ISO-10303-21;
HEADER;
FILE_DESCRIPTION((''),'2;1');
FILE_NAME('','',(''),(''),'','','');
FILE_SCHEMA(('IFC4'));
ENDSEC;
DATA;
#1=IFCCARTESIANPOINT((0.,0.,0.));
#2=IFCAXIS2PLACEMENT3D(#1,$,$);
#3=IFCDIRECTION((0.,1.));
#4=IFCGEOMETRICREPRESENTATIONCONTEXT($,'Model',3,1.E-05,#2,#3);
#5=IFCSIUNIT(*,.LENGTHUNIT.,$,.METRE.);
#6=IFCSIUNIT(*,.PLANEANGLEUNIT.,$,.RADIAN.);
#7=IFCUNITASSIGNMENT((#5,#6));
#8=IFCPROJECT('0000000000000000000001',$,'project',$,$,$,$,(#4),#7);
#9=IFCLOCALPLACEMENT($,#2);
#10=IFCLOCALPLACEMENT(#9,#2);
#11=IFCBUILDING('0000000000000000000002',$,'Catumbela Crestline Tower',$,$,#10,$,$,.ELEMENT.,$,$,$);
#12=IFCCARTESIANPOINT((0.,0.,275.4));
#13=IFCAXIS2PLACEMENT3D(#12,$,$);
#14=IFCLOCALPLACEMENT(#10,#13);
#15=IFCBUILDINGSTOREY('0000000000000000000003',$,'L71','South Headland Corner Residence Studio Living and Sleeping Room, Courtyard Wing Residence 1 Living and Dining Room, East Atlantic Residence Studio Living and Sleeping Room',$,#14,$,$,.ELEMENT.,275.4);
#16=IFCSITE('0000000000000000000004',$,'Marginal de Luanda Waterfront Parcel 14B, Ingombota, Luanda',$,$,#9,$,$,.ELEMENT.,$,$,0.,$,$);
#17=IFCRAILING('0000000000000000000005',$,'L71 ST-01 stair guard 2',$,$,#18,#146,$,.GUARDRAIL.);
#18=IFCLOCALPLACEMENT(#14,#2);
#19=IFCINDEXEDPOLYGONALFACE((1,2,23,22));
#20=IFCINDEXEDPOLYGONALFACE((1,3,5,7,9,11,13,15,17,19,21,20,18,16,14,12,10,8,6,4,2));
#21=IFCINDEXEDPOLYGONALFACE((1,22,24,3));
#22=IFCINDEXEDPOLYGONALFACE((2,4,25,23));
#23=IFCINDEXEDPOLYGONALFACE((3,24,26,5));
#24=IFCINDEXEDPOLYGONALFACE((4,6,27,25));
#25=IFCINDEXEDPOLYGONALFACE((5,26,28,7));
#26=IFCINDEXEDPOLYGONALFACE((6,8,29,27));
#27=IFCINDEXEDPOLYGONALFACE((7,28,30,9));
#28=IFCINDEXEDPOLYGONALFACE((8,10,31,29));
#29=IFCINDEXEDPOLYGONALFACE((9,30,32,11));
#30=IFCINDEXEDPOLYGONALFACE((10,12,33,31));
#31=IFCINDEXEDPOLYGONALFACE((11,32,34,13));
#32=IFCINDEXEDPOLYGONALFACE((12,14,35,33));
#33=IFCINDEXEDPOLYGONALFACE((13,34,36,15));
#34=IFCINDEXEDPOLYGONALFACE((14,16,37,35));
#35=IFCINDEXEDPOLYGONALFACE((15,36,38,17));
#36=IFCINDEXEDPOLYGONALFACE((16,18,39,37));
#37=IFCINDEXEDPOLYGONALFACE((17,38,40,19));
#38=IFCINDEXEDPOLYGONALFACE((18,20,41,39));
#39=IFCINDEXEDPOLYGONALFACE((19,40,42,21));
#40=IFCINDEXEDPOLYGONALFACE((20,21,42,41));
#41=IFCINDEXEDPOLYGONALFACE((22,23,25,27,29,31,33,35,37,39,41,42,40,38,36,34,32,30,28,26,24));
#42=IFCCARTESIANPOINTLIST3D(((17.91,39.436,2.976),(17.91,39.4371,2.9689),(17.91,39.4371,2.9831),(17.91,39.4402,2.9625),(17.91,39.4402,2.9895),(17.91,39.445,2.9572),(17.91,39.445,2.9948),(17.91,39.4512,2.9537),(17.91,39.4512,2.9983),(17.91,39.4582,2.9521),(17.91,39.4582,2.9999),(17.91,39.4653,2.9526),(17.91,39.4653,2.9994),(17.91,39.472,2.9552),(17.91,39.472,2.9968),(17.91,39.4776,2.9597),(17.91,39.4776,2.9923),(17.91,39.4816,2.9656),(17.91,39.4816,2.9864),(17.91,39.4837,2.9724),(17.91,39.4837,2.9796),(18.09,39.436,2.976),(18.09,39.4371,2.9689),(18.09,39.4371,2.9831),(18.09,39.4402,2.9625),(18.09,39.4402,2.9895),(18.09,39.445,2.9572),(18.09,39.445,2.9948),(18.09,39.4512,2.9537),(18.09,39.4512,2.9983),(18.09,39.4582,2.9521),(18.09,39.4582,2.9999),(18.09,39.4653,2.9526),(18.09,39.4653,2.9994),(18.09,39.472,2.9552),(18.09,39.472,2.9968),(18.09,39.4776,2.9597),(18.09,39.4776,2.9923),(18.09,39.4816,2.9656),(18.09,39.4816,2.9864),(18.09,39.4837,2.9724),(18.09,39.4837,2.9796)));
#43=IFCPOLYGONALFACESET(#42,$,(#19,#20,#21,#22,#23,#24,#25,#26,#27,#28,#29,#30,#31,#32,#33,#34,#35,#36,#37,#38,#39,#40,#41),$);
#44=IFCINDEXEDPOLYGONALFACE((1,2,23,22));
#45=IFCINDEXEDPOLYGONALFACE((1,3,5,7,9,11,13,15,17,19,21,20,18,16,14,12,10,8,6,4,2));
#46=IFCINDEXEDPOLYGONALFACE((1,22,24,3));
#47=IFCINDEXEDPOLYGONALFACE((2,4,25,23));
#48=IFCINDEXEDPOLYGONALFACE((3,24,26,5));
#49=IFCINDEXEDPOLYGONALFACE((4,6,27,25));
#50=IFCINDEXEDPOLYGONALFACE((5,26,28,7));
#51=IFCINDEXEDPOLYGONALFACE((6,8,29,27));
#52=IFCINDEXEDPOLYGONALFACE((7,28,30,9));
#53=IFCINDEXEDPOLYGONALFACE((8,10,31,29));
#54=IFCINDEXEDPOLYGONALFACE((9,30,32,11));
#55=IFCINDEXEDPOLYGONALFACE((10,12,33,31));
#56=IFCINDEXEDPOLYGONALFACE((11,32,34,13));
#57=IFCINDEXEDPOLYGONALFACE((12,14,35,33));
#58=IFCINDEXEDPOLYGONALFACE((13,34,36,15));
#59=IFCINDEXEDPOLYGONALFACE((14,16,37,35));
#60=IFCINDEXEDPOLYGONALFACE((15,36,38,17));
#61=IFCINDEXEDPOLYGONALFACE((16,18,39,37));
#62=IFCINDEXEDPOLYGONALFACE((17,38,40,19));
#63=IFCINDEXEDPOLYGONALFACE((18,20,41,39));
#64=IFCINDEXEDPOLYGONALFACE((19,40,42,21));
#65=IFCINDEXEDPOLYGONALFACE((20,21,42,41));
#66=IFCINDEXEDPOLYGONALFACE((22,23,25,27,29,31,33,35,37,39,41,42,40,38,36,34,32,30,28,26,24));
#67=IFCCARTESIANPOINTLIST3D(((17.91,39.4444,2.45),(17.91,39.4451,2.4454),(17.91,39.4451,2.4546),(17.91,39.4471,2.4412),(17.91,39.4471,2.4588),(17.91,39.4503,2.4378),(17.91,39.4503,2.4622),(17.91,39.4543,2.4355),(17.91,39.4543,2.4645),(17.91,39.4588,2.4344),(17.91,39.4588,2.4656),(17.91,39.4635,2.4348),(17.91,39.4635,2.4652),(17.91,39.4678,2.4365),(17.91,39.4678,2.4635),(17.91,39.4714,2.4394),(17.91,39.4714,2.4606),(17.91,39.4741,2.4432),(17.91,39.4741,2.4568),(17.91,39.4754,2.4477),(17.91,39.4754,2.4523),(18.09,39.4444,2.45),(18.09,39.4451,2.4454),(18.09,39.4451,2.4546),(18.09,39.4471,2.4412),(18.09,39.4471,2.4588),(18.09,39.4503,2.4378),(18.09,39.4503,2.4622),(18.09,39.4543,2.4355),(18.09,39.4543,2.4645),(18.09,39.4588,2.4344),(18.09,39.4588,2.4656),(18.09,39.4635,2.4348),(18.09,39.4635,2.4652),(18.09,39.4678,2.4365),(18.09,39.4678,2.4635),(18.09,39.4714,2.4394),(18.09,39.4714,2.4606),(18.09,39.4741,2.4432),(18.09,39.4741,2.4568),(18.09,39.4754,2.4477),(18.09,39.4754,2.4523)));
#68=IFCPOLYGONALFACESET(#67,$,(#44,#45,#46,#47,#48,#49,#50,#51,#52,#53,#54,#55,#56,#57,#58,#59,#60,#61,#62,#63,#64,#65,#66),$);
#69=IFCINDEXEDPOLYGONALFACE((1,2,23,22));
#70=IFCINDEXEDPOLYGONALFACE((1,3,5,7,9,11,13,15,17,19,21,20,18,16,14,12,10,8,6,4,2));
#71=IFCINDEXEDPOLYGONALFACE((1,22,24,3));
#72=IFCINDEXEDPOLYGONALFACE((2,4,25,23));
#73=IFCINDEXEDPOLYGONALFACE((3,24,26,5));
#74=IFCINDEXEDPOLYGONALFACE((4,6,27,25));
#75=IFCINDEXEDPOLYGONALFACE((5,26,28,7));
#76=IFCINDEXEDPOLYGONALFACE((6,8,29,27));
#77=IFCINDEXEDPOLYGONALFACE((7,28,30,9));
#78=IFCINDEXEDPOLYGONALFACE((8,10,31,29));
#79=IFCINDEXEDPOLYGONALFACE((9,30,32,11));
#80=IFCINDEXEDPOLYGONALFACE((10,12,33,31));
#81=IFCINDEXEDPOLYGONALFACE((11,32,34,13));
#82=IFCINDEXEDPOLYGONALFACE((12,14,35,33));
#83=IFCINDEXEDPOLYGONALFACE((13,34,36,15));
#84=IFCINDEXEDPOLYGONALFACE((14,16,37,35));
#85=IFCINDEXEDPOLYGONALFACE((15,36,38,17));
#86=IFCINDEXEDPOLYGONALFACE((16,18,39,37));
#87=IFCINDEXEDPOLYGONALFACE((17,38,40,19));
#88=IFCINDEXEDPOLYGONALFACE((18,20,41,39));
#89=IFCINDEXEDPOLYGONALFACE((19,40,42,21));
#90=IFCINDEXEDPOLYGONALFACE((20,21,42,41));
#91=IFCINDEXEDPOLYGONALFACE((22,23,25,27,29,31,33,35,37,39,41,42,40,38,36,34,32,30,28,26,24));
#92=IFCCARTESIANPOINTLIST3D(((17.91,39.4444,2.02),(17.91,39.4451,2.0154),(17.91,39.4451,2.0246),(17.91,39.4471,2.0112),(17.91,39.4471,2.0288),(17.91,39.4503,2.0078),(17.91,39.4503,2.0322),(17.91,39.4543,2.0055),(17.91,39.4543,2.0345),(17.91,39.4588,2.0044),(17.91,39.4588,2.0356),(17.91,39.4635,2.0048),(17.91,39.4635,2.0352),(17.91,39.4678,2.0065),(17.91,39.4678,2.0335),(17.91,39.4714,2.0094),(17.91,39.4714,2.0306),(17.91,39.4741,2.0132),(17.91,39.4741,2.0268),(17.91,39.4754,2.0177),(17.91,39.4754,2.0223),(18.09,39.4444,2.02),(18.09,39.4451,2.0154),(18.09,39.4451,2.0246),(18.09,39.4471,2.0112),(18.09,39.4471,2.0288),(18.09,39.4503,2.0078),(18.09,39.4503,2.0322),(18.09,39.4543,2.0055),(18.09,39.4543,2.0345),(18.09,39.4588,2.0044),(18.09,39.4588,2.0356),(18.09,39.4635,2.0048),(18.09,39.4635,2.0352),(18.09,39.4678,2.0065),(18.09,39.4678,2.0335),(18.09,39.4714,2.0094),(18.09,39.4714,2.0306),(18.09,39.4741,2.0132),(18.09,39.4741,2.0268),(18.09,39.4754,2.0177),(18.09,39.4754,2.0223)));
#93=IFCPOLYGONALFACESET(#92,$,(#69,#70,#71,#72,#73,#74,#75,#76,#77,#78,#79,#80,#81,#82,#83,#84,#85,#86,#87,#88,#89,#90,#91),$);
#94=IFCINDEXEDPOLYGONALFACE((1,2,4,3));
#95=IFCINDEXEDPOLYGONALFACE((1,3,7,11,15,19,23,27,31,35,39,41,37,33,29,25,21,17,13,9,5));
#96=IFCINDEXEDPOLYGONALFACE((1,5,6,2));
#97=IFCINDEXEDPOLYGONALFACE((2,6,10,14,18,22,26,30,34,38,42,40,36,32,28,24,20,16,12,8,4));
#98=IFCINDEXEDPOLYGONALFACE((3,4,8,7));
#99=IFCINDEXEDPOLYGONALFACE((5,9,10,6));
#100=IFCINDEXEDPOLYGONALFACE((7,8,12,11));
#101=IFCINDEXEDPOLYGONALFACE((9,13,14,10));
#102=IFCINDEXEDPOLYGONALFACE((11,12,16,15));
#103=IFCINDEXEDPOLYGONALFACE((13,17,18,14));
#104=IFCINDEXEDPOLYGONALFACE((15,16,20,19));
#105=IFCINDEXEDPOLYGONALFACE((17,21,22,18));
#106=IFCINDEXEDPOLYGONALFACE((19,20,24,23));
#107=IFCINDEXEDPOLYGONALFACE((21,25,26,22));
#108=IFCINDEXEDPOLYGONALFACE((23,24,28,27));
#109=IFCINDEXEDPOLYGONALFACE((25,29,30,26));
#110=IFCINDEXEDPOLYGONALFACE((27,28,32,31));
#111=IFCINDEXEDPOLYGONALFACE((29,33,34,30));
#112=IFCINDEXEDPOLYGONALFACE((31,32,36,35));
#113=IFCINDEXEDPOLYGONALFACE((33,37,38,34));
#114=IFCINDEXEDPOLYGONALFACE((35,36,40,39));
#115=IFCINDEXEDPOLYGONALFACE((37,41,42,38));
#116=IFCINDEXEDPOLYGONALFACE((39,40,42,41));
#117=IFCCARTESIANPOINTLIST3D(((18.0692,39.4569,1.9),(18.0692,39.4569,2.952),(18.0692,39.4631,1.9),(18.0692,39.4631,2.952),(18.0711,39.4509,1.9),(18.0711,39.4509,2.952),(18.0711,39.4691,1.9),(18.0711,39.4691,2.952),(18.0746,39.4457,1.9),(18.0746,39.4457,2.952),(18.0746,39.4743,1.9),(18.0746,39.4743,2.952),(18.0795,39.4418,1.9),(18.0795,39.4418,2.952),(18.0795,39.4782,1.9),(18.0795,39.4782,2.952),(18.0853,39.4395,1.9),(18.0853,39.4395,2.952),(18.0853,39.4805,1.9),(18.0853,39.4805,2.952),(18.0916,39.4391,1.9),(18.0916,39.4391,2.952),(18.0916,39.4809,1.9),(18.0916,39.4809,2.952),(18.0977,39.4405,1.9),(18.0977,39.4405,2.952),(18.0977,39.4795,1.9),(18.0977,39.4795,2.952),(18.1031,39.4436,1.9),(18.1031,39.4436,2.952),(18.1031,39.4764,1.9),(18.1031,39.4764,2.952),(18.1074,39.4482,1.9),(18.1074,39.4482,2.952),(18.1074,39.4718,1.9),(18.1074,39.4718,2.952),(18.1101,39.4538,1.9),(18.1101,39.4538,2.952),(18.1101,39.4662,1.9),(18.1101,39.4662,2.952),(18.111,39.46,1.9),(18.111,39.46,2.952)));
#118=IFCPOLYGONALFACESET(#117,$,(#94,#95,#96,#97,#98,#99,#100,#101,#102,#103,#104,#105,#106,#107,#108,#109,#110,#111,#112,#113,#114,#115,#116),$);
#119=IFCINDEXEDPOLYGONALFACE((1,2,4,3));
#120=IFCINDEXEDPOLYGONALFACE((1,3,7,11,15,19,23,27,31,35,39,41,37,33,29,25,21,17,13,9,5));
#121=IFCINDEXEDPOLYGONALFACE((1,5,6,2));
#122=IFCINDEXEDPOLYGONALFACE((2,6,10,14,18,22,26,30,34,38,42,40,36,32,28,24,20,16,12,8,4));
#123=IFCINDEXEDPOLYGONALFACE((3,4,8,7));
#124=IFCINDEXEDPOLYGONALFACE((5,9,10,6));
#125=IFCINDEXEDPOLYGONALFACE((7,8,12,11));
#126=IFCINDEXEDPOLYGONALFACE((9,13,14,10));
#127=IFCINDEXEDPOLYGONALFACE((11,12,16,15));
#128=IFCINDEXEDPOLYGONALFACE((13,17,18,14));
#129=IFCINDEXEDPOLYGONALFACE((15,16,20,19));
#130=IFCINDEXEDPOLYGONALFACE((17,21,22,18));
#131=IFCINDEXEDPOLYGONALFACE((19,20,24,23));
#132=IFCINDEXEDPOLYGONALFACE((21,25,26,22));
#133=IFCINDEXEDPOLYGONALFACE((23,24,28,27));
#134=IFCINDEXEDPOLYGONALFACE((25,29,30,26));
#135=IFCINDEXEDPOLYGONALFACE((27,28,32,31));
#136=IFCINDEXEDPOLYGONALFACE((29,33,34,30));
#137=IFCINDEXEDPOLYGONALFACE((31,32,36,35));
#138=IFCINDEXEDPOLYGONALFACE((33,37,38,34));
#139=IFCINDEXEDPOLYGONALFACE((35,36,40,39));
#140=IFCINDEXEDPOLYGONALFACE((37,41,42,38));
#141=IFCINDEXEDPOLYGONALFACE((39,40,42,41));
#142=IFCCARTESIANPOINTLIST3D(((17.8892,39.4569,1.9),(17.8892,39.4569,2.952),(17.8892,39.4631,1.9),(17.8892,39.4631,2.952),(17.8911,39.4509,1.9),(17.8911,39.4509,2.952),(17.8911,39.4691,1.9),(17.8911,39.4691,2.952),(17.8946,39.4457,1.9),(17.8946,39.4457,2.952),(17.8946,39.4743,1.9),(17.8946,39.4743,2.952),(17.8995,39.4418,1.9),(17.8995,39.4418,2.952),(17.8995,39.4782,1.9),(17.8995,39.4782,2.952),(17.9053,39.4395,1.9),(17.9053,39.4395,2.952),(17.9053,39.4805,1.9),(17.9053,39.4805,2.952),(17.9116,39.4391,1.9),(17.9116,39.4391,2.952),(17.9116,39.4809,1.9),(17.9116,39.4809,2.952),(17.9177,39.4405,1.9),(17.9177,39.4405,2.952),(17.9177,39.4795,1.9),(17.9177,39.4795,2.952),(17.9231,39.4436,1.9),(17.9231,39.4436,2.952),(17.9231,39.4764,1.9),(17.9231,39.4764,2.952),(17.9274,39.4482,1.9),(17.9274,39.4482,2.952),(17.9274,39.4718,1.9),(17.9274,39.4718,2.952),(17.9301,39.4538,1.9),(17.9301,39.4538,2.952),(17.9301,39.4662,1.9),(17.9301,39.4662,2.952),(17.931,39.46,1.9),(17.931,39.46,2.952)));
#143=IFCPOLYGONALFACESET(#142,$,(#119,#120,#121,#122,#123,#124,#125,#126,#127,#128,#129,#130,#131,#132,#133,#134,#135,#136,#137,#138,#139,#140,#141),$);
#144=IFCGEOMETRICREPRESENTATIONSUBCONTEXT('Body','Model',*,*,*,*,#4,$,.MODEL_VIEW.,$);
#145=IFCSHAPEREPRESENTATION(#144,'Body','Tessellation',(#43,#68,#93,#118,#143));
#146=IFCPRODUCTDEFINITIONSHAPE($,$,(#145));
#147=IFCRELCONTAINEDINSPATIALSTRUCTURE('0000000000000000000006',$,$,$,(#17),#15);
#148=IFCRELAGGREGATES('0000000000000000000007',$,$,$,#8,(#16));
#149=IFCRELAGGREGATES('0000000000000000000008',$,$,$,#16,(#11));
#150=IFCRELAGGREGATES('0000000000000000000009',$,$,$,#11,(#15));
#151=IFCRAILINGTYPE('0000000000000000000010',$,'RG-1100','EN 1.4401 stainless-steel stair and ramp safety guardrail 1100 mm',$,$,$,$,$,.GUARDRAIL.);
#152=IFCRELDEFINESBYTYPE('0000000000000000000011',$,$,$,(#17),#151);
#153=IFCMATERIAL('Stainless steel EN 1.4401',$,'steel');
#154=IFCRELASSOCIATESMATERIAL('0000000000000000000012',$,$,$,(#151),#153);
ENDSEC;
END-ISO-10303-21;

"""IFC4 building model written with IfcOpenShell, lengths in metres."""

from ifc_helpers import new_model, si_unit, direction, frame, origin, origin_2d, place, context, subcontext, project, spatial, circle, extrude, material, type_object, element, save


model = new_model("IFC4")

# Units and contexts
model_context = context("Model", 3, precision=1e-05, world=origin(), true_north=direction((0.0, 1.0)))
body_context = subcontext(model_context, "Body", "Model", "MODEL_VIEW")
ifc_project = project(units=[si_unit("LENGTHUNIT", "METRE"), si_unit("PLANEANGLEUNIT", "RADIAN")], contexts=[model_context])

# Site, building, storey
site_placement = place(None, origin())
site = spatial("IfcSite", under=ifc_project, at=site_placement, Name="Marginal de Luanda Waterfront Parcel 14B, Ingombota, Luanda", CompositionType="ELEMENT", RefElevation=0.0)
building_placement = place(site_placement, origin())
building = spatial("IfcBuilding", under=site, at=building_placement, Name="Catumbela Crestline Tower", CompositionType="ELEMENT")
storey_placement = place(building_placement, frame((0.0, 0.0, 275.4)))
storey = spatial("IfcBuildingStorey", under=building, at=storey_placement, Name="L71", Description="South Headland Corner Residence Studio Living and Sleeping Room, Courtyard Wing Residence 1 Living and Dining Room, East Atlantic Residence Studio Living and Sleeping Room", CompositionType="ELEMENT", Elevation=275.4)

# Shared definitions
ifc_material_1 = material(Name="Stainless steel EN 1.4401", Category="steel")

# Railing
railing_type_1 = type_object("IfcRailingType", Name="RG-1100", Description="EN 1.4401 stainless-steel stair and ramp safety guardrail 1100 mm", PredefinedType="GUARDRAIL", material=ifc_material_1)
railing_1_placement = place(storey_placement, frame((18.09, 39.46, 1.9)))
element("IfcRailing", 1, at=railing_1_placement, inside=storey, type_object=railing_type_1, Name="L71 ST-01 stair guard 2", PredefinedType="GUARDRAIL", context=body_context, shape_type="SweptSolid", body=[
    extrude(circle(Radius=0.024, at=origin_2d()), frame((0.0, 0.0, 1.076), z_axis=(-1.0, 0.0, 0.0), x_axis=(0.0, -1.0, 0.0)), (0.0, 0.0, 1.0), 0.18),
    extrude(circle(Radius=0.0156, at=origin_2d()), frame((0.0, 0.0, 0.55), z_axis=(-1.0, 0.0, 0.0), x_axis=(0.0, -1.0, 0.0)), (0.0, 0.0, 1.0), 0.18),
    extrude(circle(Radius=0.0156, at=origin_2d()), frame((0.0, 0.0, 0.12), z_axis=(-1.0, 0.0, 0.0), x_axis=(0.0, -1.0, 0.0)), (0.0, 0.0, 1.0), 0.18),
    extrude(circle(Radius=0.021, at=origin_2d()), origin(), (0.0, 0.0, 1.0), 1.052),
    extrude(circle(Radius=0.021, at=origin_2d()), frame((-0.18, 0.0, 0.0)), (0.0, 0.0, 1.0), 1.052),
])

save(model, "model.ifc")
